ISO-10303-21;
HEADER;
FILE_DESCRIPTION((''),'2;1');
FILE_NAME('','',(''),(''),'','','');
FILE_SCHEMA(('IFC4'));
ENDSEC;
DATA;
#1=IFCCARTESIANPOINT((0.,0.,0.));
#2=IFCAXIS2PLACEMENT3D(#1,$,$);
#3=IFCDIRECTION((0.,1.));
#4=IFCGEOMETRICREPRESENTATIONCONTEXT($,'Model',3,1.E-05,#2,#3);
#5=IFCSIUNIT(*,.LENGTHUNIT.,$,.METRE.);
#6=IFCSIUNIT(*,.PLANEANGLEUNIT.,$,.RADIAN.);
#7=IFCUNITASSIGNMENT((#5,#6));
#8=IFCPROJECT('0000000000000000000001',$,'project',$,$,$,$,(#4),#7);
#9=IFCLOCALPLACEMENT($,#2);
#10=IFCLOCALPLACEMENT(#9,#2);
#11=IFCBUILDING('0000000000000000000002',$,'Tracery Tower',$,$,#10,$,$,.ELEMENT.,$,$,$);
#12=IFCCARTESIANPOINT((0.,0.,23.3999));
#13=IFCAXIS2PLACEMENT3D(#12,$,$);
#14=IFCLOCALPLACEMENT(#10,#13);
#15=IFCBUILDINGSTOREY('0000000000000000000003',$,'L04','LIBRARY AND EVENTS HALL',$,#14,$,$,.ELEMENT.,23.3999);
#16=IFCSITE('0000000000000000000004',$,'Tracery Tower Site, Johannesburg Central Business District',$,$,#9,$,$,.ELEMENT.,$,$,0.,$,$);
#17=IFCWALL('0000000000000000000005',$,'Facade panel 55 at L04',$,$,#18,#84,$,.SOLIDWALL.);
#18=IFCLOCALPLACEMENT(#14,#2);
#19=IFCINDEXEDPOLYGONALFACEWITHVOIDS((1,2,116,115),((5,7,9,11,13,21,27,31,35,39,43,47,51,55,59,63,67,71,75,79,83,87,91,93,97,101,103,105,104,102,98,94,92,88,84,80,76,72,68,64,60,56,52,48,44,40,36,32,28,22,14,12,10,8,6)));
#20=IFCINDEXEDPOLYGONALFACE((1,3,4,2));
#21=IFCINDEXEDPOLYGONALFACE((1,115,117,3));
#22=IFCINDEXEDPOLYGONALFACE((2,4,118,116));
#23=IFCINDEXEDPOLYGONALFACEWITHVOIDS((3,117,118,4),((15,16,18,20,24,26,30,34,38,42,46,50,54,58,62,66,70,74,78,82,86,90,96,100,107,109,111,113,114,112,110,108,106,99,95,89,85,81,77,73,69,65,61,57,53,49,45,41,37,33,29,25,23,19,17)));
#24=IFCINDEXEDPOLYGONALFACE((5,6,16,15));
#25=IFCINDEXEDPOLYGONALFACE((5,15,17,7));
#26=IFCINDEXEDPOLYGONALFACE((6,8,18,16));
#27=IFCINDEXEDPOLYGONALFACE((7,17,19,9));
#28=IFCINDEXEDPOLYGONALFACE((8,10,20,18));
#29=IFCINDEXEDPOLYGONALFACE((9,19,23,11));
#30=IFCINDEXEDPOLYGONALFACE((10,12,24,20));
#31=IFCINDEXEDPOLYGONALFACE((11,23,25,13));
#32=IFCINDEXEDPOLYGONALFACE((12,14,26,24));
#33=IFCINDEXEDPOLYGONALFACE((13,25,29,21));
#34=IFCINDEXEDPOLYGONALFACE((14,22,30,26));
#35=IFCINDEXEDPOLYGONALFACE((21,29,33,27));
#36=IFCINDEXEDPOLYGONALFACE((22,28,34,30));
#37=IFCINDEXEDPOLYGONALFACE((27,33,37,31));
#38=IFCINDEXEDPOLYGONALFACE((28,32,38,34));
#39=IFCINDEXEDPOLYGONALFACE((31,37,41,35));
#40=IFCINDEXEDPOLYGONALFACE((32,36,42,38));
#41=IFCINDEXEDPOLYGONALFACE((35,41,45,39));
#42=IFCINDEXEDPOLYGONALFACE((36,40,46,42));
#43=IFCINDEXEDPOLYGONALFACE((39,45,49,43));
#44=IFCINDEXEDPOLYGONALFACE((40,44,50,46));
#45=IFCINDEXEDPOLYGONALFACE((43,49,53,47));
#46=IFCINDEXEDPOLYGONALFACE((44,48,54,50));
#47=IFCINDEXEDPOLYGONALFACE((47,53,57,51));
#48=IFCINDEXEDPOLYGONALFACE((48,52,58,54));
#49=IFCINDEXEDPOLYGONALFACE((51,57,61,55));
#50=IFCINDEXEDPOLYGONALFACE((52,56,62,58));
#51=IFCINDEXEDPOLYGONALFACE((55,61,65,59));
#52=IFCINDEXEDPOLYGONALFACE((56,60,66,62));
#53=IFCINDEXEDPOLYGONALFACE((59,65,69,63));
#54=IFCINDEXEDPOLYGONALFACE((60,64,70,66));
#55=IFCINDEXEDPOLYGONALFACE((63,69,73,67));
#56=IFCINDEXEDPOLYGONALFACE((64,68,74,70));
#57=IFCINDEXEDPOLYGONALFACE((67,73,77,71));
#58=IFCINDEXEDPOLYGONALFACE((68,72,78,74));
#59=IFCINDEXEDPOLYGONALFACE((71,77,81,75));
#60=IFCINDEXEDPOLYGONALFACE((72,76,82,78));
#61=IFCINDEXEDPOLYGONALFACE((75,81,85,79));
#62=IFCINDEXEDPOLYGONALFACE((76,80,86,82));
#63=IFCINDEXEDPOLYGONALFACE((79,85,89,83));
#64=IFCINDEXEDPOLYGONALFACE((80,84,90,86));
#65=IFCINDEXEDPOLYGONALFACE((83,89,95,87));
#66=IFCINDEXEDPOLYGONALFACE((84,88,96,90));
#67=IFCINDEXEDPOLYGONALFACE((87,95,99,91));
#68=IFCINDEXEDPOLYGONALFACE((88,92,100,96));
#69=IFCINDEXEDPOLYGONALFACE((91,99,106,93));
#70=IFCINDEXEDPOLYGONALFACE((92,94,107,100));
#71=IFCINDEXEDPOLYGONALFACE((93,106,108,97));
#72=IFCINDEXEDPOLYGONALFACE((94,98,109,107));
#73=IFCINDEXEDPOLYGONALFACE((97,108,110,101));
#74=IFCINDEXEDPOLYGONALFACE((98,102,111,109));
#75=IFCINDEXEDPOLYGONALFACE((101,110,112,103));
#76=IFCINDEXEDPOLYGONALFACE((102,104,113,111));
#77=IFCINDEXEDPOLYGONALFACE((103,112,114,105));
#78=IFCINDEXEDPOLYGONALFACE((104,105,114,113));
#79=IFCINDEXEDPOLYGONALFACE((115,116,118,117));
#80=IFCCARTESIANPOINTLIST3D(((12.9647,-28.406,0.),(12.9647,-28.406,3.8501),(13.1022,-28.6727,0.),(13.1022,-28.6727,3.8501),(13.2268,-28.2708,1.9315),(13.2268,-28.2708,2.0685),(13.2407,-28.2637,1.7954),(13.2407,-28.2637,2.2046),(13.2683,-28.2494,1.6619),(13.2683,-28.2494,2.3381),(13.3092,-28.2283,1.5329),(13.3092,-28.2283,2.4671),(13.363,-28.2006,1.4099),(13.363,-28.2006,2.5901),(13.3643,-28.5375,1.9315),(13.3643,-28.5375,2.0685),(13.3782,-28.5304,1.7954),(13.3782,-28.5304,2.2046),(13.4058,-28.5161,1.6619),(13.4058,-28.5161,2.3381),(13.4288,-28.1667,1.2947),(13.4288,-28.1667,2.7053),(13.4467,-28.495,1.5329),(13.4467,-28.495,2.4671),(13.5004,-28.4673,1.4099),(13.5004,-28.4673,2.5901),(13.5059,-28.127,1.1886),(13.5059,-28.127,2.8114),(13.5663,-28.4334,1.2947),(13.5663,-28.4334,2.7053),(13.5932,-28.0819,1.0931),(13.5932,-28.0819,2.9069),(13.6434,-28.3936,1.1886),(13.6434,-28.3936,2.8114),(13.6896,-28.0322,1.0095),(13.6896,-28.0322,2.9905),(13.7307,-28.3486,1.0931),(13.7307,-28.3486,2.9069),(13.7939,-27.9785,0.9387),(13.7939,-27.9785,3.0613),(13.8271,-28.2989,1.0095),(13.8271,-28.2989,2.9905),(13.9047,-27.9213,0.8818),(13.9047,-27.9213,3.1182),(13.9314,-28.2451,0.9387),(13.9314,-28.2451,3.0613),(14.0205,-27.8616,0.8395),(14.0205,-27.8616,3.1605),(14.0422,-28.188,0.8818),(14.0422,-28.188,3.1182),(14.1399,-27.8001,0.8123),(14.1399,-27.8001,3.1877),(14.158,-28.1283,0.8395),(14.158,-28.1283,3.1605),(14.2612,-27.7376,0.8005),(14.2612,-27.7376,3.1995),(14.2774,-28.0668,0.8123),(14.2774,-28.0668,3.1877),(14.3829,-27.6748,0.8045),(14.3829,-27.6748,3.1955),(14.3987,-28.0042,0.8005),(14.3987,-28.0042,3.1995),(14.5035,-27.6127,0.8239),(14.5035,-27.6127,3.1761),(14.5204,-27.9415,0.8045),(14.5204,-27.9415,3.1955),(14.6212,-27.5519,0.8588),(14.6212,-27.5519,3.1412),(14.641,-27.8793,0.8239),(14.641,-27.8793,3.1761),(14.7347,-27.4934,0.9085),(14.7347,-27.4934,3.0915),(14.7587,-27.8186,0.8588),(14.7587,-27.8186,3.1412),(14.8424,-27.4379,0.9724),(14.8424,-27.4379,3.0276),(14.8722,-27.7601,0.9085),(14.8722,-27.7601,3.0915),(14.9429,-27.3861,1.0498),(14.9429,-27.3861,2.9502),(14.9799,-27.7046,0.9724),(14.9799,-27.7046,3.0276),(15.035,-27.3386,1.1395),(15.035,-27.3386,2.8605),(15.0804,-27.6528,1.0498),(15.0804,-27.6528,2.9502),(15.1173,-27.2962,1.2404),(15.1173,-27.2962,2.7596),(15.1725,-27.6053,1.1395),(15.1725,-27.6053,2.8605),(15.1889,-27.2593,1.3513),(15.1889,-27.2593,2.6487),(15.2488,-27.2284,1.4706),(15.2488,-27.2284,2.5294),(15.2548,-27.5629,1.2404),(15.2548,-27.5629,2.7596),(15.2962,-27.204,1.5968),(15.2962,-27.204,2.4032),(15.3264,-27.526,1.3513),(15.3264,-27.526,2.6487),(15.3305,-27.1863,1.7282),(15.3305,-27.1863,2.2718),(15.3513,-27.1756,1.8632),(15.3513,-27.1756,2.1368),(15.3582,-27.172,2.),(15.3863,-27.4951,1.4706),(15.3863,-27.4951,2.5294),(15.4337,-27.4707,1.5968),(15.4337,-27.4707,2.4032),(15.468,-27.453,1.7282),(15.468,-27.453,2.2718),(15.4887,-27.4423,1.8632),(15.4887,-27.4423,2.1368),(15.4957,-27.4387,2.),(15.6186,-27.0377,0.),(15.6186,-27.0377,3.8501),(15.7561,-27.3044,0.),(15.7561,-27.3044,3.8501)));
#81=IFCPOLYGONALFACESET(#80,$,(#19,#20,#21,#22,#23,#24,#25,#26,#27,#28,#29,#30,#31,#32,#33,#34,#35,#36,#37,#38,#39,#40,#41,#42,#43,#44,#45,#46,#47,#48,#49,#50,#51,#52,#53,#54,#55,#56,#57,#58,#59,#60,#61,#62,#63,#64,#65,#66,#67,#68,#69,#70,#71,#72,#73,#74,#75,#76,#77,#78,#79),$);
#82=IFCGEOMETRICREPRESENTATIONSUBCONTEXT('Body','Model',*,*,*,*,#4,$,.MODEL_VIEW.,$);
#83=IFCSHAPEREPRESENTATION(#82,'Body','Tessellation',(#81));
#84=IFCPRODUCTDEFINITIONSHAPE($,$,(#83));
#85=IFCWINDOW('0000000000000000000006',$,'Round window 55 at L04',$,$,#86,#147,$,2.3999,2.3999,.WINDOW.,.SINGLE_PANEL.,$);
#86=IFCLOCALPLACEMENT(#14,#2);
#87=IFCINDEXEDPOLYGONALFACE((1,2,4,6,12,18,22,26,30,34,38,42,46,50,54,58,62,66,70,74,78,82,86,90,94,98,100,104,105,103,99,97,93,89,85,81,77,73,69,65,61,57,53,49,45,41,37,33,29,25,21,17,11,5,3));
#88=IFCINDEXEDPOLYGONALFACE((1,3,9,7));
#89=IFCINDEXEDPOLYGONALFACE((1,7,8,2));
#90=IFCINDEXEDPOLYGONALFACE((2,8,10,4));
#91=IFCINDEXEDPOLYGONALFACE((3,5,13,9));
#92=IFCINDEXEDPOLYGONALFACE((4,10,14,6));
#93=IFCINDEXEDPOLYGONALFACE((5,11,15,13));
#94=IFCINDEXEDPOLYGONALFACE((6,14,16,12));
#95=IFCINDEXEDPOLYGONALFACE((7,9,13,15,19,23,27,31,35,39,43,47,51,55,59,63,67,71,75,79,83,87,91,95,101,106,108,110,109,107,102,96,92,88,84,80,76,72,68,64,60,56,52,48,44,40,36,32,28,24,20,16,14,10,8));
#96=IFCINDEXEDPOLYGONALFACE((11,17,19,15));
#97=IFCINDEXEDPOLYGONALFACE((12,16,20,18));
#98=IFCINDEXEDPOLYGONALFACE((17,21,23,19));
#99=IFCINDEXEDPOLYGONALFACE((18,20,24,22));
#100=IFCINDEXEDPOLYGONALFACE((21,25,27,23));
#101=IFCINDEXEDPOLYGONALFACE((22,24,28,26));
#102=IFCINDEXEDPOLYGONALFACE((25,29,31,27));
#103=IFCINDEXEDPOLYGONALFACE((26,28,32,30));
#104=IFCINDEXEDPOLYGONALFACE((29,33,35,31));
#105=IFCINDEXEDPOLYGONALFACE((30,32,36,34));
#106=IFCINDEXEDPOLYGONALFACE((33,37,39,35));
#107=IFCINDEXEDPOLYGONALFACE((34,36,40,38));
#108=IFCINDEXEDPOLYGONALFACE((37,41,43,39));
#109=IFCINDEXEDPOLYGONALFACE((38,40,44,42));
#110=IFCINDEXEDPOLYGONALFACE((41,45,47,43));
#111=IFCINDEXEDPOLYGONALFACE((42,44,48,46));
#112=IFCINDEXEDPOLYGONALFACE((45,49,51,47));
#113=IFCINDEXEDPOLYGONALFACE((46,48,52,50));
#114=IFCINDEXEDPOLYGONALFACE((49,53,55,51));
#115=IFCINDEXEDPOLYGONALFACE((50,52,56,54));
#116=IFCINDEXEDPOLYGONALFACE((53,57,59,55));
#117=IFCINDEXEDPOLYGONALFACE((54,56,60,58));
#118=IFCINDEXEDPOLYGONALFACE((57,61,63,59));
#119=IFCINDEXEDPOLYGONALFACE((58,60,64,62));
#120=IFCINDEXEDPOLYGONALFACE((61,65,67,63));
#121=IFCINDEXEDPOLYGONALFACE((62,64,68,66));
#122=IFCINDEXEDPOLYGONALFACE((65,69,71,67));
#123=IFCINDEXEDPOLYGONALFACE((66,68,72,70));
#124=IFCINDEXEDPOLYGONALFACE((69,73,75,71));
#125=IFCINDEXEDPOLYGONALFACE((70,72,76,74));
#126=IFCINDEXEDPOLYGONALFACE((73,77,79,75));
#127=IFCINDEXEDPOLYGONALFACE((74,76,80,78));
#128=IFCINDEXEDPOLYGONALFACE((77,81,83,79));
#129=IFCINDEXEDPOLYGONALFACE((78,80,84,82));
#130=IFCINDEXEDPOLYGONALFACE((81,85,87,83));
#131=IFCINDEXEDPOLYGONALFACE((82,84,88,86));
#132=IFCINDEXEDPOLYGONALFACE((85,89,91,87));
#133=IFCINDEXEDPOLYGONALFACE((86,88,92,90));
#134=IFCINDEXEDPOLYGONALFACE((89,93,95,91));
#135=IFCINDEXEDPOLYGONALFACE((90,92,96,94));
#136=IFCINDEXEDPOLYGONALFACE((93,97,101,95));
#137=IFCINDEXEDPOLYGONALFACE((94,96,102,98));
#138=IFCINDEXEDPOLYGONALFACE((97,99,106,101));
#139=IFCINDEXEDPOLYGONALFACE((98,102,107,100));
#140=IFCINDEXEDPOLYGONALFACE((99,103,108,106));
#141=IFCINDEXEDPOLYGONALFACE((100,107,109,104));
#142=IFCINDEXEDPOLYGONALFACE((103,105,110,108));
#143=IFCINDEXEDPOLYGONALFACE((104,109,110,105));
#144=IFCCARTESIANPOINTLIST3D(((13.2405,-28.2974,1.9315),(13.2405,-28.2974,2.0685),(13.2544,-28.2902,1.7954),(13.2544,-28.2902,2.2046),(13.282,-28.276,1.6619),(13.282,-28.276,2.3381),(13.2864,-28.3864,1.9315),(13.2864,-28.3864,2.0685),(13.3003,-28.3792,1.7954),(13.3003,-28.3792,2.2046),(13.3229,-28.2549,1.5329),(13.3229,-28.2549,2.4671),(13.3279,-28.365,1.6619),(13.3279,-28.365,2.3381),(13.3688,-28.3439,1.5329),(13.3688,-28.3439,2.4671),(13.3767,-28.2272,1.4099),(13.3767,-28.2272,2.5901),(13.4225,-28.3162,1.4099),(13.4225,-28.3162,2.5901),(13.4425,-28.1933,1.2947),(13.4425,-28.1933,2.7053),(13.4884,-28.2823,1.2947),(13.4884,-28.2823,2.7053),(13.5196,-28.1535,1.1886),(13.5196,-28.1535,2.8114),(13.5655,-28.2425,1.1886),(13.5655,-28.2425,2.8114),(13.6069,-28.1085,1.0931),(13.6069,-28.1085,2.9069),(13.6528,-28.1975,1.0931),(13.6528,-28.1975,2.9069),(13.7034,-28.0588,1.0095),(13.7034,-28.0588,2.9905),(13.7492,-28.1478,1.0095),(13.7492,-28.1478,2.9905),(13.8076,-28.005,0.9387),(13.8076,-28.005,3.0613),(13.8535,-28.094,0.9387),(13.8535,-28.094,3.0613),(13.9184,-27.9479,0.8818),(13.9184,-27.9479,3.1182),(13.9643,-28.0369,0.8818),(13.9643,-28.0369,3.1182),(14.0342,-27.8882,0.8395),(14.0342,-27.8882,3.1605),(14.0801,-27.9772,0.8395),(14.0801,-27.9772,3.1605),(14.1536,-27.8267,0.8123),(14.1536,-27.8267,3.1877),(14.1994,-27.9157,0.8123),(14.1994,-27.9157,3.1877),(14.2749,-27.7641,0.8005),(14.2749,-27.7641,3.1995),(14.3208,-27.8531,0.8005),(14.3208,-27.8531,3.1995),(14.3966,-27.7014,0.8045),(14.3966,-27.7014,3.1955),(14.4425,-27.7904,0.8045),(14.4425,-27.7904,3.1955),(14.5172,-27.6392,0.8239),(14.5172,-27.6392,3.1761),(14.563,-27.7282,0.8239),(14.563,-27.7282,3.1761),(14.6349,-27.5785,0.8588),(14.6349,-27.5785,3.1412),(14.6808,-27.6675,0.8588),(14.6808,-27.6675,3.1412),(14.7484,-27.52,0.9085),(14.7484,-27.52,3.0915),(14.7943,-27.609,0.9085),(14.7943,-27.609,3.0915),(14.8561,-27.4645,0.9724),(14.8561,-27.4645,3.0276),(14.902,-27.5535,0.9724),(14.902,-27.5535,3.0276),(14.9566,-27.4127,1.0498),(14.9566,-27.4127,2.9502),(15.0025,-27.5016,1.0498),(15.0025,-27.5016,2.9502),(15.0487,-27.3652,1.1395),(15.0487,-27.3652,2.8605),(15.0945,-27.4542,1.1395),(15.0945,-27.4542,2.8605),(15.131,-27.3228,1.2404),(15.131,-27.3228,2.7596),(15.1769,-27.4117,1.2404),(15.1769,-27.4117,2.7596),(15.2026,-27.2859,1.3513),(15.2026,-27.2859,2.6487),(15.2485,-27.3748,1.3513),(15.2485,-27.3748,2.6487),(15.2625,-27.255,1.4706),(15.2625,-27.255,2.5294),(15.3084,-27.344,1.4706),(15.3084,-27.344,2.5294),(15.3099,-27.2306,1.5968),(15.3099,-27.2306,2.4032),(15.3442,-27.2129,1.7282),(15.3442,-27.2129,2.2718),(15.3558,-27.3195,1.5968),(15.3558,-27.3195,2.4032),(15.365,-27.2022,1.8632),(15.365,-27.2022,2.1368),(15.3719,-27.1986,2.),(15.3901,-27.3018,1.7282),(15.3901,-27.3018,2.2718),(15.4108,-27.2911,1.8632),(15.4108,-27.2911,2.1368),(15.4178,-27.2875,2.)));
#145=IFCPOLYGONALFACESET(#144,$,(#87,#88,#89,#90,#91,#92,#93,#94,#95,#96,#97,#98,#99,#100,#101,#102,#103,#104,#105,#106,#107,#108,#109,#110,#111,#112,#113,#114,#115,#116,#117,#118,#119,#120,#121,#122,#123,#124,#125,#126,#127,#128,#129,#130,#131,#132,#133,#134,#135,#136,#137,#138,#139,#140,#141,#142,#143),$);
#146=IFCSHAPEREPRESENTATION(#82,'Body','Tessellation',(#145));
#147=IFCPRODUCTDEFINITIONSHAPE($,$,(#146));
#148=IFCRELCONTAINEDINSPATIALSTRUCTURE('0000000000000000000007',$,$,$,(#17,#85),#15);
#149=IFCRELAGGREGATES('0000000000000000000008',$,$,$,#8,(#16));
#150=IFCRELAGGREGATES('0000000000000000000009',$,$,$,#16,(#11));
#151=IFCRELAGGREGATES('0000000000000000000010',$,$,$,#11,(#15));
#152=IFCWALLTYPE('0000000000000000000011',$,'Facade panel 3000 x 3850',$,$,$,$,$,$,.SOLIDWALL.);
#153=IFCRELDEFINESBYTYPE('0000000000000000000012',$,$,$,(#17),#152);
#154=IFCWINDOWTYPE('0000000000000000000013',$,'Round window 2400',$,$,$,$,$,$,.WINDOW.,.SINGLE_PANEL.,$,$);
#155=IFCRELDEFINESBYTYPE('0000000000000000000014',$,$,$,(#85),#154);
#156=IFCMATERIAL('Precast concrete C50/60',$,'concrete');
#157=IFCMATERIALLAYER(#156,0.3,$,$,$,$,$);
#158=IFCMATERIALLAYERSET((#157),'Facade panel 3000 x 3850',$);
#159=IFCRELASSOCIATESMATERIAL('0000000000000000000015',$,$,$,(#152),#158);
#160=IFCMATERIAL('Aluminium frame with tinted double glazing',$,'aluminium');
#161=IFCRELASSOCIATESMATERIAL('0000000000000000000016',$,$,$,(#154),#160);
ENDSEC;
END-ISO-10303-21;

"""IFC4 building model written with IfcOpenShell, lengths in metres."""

from ifc_helpers import new_model, si_unit, direction, frame, frame_2d, origin, origin_2d, place, context, subcontext, project, spatial, rectangle, circle, extrude, material, layer, layer_set, type_object, element, fill, save


model = new_model("IFC4")

# Units and contexts
model_context = context("Model", 3, precision=1e-05, world=origin(), true_north=direction((0.0, 1.0)))
body_context = subcontext(model_context, "Body", "Model", "MODEL_VIEW")
ifc_project = project(units=[si_unit("LENGTHUNIT", "METRE"), si_unit("PLANEANGLEUNIT", "RADIAN")], contexts=[model_context])

# Site, building, storey
site_placement = place(None, origin())
site = spatial("IfcSite", under=ifc_project, at=site_placement, Name="Tracery Tower Site, Johannesburg Central Business District", CompositionType="ELEMENT", RefElevation=0.0)
building_placement = place(site_placement, origin())
building = spatial("IfcBuilding", under=site, at=building_placement, Name="Tracery Tower", CompositionType="ELEMENT")
storey_placement = place(building_placement, frame((0.0, 0.0, 23.3999)))
storey = spatial("IfcBuildingStorey", under=building, at=storey_placement, Name="L04", Description="LIBRARY AND EVENTS HALL", CompositionType="ELEMENT", Elevation=23.3999)

# Wall, opening, window
ifc_material_1 = material(Name="Precast concrete C50/60", Category="concrete")
ifc_layer_1 = layer(ifc_material_1, 0.3)
ifc_layer_set_1 = layer_set([ifc_layer_1], Name="Facade panel 3000 x 3850")
wall_type_1 = type_object("IfcWallType", Name="Facade panel 3000 x 3850", PredefinedType="SOLIDWALL", material=ifc_layer_set_1)
wall_1_placement = place(storey_placement, frame((13.0334, -28.5393, 0.0), z_axis=(0.0, 0.0, 1.0), x_axis=(0.888831, 0.458235, 0.0)))
wall_1 = element("IfcWall", 1, at=wall_1_placement, inside=storey, type_object=wall_type_1, Name="Facade panel 55 at L04", PredefinedType="SOLIDWALL", context=body_context, shape_type="SweptSolid", body=[
    extrude(rectangle(XDim=2.9858, YDim=0.3, at=frame_2d((1.4929, 0.0))), origin(), (0.0, 0.0, 1.0), 3.8501),
])
opening_1_placement = place(wall_1_placement, frame((1.4929, 0.0, 2.0)))
opening_1 = element("IfcOpeningElement", 2, at=opening_1_placement, cuts=wall_1, PredefinedType="OPENING", context=body_context, shape_type="SweptSolid", body=[
    extrude(circle(Radius=1.2, at=origin_2d()), frame((0.0, 0.1599, 0.0), z_axis=(0.0, -1.0, 0.0), x_axis=(1.0, 0.0, 0.0)), (0.0, 0.0, 1.0), 0.3201),
])
ifc_material_2 = material(Name="Aluminium frame with tinted double glazing", Category="aluminium")
window_type = type_object("IfcWindowType", Name="Round window 2400", PartitioningType="SINGLE_PANEL", PredefinedType="WINDOW", material=ifc_material_2)
window_1_placement = place(opening_1_placement, origin())
window_1 = element("IfcWindow", 3, at=window_1_placement, inside=storey, type_object=window_type, Name="Round window 55 at L04", OverallHeight=2.3999, OverallWidth=2.3999, PartitioningType="SINGLE_PANEL", PredefinedType="WINDOW", context=body_context, shape_type="SweptSolid", body=[
    extrude(circle(Radius=1.2, at=origin_2d()), frame((0.0, 0.1201, 0.0), z_axis=(0.0, -1.0, 0.0), x_axis=(1.0, 0.0, 0.0)), (0.0, 0.0, 1.0), 0.1001),
])
fill(opening_1, window_1)

save(model, "model.ifc")
